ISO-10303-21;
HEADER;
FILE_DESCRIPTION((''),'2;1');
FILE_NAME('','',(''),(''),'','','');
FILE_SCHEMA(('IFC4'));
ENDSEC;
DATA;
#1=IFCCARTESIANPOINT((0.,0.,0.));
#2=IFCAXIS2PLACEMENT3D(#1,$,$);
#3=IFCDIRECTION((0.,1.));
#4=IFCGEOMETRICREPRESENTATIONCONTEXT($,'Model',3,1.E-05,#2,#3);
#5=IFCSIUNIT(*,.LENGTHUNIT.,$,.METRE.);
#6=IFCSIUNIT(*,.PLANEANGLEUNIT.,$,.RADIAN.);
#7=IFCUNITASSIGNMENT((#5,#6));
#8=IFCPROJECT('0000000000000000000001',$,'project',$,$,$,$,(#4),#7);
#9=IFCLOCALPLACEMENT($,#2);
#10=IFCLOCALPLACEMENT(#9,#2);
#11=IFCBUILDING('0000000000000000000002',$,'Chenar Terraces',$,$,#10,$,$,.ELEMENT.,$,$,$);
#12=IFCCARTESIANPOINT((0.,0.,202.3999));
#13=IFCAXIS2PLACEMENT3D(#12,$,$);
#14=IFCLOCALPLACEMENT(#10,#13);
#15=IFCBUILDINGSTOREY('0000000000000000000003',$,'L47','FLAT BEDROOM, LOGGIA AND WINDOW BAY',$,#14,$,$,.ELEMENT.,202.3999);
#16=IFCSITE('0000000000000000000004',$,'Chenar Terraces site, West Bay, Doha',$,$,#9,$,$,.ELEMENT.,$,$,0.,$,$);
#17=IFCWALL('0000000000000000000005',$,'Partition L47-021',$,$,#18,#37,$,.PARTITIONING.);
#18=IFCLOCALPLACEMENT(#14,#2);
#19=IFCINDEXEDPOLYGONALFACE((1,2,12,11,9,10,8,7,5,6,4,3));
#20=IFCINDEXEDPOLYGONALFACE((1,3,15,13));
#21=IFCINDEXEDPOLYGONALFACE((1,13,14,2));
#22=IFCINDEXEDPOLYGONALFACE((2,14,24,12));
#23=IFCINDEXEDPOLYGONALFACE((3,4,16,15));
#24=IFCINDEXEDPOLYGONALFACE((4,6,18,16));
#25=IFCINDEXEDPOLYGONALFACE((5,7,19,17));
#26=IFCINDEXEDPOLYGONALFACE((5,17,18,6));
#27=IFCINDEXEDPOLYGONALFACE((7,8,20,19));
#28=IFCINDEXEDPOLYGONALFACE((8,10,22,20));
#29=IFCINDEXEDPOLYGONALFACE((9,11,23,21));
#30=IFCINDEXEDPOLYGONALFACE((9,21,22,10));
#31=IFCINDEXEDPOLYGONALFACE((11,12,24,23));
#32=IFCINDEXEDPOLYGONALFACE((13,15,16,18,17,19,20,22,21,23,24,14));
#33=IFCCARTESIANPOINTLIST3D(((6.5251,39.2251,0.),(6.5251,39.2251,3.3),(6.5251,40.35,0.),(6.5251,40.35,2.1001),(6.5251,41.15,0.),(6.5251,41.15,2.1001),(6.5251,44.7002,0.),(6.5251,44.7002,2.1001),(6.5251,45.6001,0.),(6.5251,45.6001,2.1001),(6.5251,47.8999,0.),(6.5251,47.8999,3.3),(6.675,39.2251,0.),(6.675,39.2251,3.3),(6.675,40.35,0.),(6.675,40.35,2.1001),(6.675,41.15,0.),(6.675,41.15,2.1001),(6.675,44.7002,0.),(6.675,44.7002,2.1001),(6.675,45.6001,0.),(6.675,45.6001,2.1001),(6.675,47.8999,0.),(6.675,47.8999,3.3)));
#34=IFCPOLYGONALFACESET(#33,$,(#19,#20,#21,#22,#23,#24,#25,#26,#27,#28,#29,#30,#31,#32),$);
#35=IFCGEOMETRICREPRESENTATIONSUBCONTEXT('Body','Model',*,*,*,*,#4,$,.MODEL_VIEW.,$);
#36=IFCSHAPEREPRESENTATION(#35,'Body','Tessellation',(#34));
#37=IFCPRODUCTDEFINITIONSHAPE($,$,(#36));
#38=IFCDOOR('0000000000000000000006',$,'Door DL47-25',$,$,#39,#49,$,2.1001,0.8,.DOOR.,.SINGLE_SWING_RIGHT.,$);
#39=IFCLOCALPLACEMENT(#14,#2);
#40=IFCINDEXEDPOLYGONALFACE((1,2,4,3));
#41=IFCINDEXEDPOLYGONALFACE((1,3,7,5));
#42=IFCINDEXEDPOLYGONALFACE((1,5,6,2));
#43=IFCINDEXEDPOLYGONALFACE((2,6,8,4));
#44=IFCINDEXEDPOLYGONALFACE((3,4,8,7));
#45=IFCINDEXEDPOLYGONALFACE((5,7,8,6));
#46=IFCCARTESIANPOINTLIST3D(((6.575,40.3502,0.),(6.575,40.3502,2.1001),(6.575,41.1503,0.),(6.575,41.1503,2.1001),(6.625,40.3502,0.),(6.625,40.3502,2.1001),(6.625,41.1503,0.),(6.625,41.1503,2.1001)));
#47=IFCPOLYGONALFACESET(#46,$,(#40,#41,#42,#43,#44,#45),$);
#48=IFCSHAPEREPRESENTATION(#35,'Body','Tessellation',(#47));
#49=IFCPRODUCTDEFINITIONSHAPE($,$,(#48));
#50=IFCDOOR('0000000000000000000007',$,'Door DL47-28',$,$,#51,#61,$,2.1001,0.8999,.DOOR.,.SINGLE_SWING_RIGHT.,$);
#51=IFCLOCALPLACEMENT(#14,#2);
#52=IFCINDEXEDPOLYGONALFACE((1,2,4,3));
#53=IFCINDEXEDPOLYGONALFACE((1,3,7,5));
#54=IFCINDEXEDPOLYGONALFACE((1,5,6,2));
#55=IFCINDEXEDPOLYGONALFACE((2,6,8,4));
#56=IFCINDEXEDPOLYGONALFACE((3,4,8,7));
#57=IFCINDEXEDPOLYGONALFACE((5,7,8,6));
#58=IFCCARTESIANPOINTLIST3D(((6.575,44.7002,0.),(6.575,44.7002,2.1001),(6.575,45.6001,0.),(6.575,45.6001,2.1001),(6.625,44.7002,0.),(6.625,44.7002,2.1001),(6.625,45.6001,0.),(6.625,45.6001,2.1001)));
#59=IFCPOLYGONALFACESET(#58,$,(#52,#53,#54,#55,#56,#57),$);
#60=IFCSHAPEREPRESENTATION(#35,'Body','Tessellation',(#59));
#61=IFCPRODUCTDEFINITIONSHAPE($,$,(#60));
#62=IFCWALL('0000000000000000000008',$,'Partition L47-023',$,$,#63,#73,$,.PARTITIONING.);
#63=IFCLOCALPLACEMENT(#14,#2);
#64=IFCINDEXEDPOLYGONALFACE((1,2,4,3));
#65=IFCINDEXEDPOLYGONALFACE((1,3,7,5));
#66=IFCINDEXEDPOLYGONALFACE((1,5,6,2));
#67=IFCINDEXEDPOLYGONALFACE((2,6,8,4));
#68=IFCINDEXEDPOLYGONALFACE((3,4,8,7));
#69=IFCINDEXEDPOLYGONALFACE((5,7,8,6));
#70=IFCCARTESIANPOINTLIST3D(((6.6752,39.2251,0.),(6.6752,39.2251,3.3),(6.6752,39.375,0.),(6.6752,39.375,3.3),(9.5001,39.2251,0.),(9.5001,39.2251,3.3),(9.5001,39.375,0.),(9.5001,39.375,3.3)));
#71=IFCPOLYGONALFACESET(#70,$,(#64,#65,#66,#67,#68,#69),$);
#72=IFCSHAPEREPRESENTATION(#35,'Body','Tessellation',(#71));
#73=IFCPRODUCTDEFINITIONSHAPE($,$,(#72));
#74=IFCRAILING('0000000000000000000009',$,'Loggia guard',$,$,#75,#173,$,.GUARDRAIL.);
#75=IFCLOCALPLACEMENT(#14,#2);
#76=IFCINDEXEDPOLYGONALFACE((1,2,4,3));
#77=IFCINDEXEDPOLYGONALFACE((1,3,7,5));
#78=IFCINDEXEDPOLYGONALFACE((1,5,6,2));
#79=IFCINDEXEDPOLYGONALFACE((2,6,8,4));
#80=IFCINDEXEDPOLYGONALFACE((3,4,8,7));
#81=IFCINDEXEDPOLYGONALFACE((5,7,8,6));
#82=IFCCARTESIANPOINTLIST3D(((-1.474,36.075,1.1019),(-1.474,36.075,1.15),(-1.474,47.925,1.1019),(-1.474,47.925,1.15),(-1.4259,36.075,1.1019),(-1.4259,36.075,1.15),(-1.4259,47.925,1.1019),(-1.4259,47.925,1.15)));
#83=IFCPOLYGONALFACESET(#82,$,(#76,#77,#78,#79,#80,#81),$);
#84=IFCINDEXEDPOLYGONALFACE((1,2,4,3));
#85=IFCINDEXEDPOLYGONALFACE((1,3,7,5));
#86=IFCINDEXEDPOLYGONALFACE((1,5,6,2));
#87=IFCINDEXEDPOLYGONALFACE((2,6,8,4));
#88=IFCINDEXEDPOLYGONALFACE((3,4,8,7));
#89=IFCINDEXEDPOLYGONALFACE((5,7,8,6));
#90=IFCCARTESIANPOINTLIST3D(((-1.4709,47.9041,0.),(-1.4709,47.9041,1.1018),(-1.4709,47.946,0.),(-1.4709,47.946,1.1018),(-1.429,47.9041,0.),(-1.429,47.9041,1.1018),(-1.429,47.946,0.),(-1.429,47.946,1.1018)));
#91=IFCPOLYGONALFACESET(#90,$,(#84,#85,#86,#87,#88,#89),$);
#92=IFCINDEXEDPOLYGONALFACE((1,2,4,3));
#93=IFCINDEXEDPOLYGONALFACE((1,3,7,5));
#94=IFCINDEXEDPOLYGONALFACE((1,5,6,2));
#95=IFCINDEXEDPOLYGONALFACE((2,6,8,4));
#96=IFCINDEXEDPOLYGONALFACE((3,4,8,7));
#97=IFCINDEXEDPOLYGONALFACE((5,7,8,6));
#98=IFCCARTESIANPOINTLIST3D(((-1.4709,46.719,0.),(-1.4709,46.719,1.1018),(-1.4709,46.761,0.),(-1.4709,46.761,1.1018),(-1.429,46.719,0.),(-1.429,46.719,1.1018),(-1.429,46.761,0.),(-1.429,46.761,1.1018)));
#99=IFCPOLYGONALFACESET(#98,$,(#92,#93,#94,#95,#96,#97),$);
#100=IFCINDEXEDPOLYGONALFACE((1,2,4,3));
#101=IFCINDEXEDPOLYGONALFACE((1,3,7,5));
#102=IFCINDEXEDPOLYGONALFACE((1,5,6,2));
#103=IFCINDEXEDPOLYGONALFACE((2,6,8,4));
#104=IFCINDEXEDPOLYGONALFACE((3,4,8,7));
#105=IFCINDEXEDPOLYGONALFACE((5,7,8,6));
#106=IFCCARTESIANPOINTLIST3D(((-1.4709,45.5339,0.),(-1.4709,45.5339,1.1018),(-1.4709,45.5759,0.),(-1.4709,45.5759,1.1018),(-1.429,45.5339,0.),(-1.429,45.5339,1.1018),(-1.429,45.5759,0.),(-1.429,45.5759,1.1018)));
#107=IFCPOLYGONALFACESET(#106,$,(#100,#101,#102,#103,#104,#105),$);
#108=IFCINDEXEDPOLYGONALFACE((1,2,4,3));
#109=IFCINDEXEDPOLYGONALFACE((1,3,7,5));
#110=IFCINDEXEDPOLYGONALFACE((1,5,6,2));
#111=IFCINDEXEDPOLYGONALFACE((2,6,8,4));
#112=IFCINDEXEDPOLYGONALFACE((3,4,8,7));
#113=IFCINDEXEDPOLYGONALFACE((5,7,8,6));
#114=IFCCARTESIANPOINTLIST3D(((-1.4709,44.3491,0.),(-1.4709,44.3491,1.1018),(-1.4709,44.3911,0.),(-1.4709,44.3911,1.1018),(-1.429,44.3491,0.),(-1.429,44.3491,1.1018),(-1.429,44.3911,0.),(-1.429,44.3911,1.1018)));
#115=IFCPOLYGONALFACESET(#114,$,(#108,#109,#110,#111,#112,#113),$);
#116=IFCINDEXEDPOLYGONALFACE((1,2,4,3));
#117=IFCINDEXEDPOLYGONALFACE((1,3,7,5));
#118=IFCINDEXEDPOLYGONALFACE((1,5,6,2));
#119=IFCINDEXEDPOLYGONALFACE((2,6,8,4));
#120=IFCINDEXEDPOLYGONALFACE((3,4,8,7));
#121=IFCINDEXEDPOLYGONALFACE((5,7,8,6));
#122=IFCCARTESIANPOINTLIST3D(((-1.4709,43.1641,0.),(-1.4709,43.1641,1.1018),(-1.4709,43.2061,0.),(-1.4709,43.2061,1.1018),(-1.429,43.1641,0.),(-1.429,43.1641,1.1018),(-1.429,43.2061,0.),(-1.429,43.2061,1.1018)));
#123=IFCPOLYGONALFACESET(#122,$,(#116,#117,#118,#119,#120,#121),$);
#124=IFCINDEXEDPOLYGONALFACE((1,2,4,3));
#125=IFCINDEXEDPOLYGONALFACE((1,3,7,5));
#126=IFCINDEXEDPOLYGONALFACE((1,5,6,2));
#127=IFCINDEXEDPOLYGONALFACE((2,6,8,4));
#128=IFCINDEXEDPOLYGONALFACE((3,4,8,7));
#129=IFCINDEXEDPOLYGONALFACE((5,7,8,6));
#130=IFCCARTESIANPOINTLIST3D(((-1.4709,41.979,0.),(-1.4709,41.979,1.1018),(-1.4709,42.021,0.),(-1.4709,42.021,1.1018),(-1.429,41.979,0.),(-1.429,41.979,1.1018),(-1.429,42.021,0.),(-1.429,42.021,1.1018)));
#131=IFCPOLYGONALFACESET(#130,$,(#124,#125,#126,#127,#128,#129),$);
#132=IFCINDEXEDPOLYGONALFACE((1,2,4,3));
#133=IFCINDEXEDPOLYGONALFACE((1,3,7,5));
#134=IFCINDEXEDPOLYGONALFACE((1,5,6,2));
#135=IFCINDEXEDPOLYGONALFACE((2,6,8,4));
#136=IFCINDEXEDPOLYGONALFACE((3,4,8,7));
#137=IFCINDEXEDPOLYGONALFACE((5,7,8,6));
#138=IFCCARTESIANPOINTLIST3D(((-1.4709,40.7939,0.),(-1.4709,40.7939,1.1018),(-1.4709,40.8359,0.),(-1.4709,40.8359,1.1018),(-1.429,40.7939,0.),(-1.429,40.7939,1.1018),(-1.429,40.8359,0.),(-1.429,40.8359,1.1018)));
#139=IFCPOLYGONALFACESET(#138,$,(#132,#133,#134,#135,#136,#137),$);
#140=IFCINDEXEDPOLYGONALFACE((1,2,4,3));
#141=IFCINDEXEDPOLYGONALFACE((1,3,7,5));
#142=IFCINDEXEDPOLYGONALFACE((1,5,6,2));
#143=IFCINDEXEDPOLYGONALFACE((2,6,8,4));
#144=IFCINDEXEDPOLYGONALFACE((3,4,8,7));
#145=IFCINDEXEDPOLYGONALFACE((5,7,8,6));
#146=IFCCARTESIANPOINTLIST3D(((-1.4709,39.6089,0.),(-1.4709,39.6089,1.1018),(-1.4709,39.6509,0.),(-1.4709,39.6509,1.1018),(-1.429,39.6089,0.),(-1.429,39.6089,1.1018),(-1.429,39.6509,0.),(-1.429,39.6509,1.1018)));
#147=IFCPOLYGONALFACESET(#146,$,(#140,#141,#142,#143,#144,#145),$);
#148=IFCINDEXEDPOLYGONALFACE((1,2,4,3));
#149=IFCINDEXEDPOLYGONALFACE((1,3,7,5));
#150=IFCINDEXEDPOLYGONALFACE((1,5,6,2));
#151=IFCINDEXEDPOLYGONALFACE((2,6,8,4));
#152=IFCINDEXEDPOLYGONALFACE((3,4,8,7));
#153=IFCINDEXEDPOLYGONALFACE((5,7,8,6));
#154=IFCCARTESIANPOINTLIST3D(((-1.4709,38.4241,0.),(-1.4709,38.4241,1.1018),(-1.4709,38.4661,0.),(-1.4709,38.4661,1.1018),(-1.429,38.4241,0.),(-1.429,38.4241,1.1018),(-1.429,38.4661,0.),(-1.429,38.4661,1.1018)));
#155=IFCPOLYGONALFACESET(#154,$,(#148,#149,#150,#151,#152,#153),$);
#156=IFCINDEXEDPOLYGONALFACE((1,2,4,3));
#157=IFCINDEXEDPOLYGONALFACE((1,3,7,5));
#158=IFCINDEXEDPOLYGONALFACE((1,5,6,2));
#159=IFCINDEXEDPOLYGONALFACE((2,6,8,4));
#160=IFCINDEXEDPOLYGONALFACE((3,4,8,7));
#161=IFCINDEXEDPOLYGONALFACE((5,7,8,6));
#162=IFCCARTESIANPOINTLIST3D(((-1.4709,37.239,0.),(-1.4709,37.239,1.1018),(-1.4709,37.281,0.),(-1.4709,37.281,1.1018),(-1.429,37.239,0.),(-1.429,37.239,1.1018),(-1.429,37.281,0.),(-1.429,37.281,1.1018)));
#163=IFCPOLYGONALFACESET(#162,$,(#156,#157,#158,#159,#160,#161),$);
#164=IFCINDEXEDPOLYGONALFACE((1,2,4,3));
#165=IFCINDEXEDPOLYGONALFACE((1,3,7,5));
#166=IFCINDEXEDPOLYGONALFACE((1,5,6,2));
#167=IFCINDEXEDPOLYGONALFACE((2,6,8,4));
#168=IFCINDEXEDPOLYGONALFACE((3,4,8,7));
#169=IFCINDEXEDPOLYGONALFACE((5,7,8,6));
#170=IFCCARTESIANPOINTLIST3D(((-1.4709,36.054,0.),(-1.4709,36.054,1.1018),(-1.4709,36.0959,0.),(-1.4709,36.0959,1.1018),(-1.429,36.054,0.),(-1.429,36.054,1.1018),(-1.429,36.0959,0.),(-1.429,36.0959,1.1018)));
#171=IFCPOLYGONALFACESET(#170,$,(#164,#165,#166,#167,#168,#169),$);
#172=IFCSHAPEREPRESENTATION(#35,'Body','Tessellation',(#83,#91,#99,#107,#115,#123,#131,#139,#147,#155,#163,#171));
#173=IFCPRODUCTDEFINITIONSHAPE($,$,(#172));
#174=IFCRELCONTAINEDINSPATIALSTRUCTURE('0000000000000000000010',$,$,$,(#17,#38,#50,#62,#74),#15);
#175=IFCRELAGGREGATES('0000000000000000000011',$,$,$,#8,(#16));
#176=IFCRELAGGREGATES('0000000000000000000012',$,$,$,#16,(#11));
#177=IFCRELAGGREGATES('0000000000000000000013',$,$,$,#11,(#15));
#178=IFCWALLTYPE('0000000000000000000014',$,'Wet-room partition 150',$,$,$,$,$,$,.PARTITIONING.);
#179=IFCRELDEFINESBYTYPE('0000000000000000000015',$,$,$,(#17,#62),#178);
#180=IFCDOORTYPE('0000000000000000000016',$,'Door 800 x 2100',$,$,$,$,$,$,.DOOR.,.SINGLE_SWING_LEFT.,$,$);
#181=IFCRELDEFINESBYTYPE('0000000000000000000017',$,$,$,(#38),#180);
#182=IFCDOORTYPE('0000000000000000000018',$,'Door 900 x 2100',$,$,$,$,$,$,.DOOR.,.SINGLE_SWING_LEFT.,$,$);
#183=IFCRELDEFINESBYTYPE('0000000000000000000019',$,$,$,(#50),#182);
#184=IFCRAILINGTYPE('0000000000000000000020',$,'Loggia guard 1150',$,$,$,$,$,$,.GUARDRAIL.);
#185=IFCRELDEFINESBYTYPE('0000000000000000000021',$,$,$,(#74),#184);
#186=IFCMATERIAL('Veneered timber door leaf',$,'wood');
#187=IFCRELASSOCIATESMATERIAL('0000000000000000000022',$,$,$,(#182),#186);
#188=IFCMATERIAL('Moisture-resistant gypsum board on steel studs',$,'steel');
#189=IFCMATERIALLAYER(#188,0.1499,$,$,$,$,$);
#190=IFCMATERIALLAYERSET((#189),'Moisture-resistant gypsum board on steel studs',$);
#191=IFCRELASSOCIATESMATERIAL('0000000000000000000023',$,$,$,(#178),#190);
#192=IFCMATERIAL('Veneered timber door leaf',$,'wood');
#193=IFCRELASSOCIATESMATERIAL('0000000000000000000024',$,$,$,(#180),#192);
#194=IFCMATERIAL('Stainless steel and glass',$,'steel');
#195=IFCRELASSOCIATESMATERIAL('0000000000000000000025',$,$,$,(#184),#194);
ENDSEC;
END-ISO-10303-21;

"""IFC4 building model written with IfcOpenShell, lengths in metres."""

from ifc_helpers import new_model, si_unit, direction, frame, frame_2d, origin, origin_2d, place, context, subcontext, project, spatial, rectangle, extrude, material, layer, layer_set, type_object, element, fill, save


model = new_model("IFC4")

# Units and contexts
model_context = context("Model", 3, precision=1e-05, world=origin(), true_north=direction((0.0, 1.0)))
body_context = subcontext(model_context, "Body", "Model", "MODEL_VIEW")
ifc_project = project(units=[si_unit("LENGTHUNIT", "METRE"), si_unit("PLANEANGLEUNIT", "RADIAN")], contexts=[model_context])

# Site, building, storey
site_placement = place(None, origin())
site = spatial("IfcSite", under=ifc_project, at=site_placement, Name="Chenar Terraces site, West Bay, Doha", CompositionType="ELEMENT", RefElevation=0.0)
building_placement = place(site_placement, origin())
building = spatial("IfcBuilding", under=site, at=building_placement, Name="Chenar Terraces", CompositionType="ELEMENT")
storey_placement = place(building_placement, frame((0.0, 0.0, 202.3999)))
storey = spatial("IfcBuildingStorey", under=building, at=storey_placement, Name="L47", Description="FLAT BEDROOM, LOGGIA AND WINDOW BAY", CompositionType="ELEMENT", Elevation=202.3999)

# Shared definitions
ifc_material_1 = material(Name="Veneered timber door leaf", Category="wood")
door_type_1 = type_object("IfcDoorType", Name="Door 900 x 2100", OperationType="SINGLE_SWING_LEFT", PredefinedType="DOOR", material=ifc_material_1)

# Wall, openings, doors
ifc_material_2 = material(Name="Moisture-resistant gypsum board on steel studs", Category="steel")
ifc_layer_1 = layer(ifc_material_2, 0.1499)
ifc_layer_set_1 = layer_set([ifc_layer_1], Name="Moisture-resistant gypsum board on steel studs")
wall_type_1 = type_object("IfcWallType", Name="Wet-room partition 150", PredefinedType="PARTITIONING", material=ifc_layer_set_1)
wall_1_placement = place(storey_placement, frame((6.6001, 39.2251, 0.0), z_axis=(0.0, 0.0, 1.0), x_axis=(0.0, 1.0, 0.0)))
wall_1 = element("IfcWall", 1, at=wall_1_placement, inside=storey, type_object=wall_type_1, Name="Partition L47-021", PredefinedType="PARTITIONING", context=body_context, shape_type="SweptSolid", body=[
    extrude(rectangle(XDim=8.6748, YDim=0.1499, at=frame_2d((4.3374, 0.0))), origin(), (0.0, 0.0, 1.0), 3.3),
])
opening_1_placement = place(wall_1_placement, frame((1.125, 0.0, 0.0)))
opening_1 = element("IfcOpeningElement", 2, at=opening_1_placement, cuts=wall_1, PredefinedType="OPENING", context=body_context, shape_type="SweptSolid", body=[
    extrude(rectangle(XDim=0.8, YDim=2.1001, at=frame_2d((0.3999, 1.05))), frame((0.0, 0.085, 0.0), z_axis=(0.0, -1.0, 0.0), x_axis=(1.0, 0.0, 0.0)), (0.0, 0.0, 1.0), 0.1699),
])
opening_2_placement = place(wall_1_placement, frame((5.4751, 0.0, 0.0)))
opening_2 = element("IfcOpeningElement", 3, at=opening_2_placement, cuts=wall_1, PredefinedType="OPENING", context=body_context, shape_type="SweptSolid", body=[
    extrude(rectangle(XDim=0.8999, YDim=2.1001, at=frame_2d((0.45, 1.05))), frame((0.0, 0.085, 0.0), z_axis=(0.0, -1.0, 0.0), x_axis=(1.0, 0.0, 0.0)), (0.0, 0.0, 1.0), 0.1699),
])
ifc_material_3 = material(Name="Veneered timber door leaf", Category="wood")
door_type_2 = type_object("IfcDoorType", Name="Door 800 x 2100", OperationType="SINGLE_SWING_LEFT", PredefinedType="DOOR", material=ifc_material_3)
door_1_placement = place(opening_1_placement, frame((0.8, 0.0, 0.0), z_axis=(0.0, 0.0, 1.0), x_axis=(-1.0, 0.0, 0.0)))
door_1 = element("IfcDoor", 4, at=door_1_placement, inside=storey, type_object=door_type_2, Name="Door DL47-25", OperationType="SINGLE_SWING_RIGHT", OverallHeight=2.1001, OverallWidth=0.8, PredefinedType="DOOR", context=body_context, shape_type="SweptSolid", body=[
    extrude(rectangle(XDim=0.8, YDim=2.1001, at=frame_2d((0.3999, 1.05))), frame((0.0, 0.0249, 0.0), z_axis=(0.0, -1.0, 0.0), x_axis=(1.0, 0.0, 0.0)), (0.0, 0.0, 1.0), 0.05),
])
fill(opening_1, door_1)
door_2_placement = place(opening_2_placement, frame((0.8999, 0.0, 0.0), z_axis=(0.0, 0.0, 1.0), x_axis=(-1.0, 0.0, 0.0)))
door_2 = element("IfcDoor", 5, at=door_2_placement, inside=storey, type_object=door_type_1, Name="Door DL47-28", OperationType="SINGLE_SWING_RIGHT", OverallHeight=2.1001, OverallWidth=0.8999, PredefinedType="DOOR", context=body_context, shape_type="SweptSolid", body=[
    extrude(rectangle(XDim=0.8999, YDim=2.1001, at=frame_2d((0.45, 1.05))), frame((0.0, 0.0249, 0.0), z_axis=(0.0, -1.0, 0.0), x_axis=(1.0, 0.0, 0.0)), (0.0, 0.0, 1.0), 0.05),
])
fill(opening_2, door_2)

# Wall
wall_2_placement = place(storey_placement, frame((6.675, 39.3, 0.0), z_axis=(0.0, 0.0, 1.0), x_axis=(1.0, 0.0, 0.0)))
element("IfcWall", 6, at=wall_2_placement, inside=storey, type_object=wall_type_1, Name="Partition L47-023", PredefinedType="PARTITIONING", context=body_context, shape_type="SweptSolid", body=[
    extrude(rectangle(XDim=2.825, YDim=0.1499, at=frame_2d((1.4126, 0.0))), origin(), (0.0, 0.0, 1.0), 3.3),
])

# Railing
ifc_material_4 = material(Name="Stainless steel and glass", Category="steel")
railing_type = type_object("IfcRailingType", Name="Loggia guard 1150", PredefinedType="GUARDRAIL", material=ifc_material_4)
railing_placement = place(storey_placement, frame((-1.45, 47.925, 0.0)))
element("IfcRailing", 7, at=railing_placement, inside=storey, type_object=railing_type, Name="Loggia guard", PredefinedType="GUARDRAIL", context=body_context, shape_type="SweptSolid", body=[
    extrude(rectangle(XDim=0.0481, YDim=0.0481, at=origin_2d()), frame((0.0, 0.0, 1.126), z_axis=(0.0, -1.0, 0.0), x_axis=(1.0, 0.0, 0.0)), (0.0, 0.0, 1.0), 11.8501),
    extrude(rectangle(XDim=0.042, YDim=0.042, at=origin_2d()), origin(), (0.0, 0.0, 1.0), 1.1018),
    extrude(rectangle(XDim=0.042, YDim=0.042, at=origin_2d()), frame((0.0, -1.1851, 0.0)), (0.0, 0.0, 1.0), 1.1018),
    extrude(rectangle(XDim=0.042, YDim=0.042, at=origin_2d()), frame((0.0, -2.3701, 0.0)), (0.0, 0.0, 1.0), 1.1018),
    extrude(rectangle(XDim=0.042, YDim=0.042, at=origin_2d()), frame((0.0, -3.5549, 0.0)), (0.0, 0.0, 1.0), 1.1018),
    extrude(rectangle(XDim=0.042, YDim=0.042, at=origin_2d()), frame((0.0, -4.74, 0.0)), (0.0, 0.0, 1.0), 1.1018),
    extrude(rectangle(XDim=0.042, YDim=0.042, at=origin_2d()), frame((0.0, -5.925, 0.0)), (0.0, 0.0, 1.0), 1.1018),
    extrude(rectangle(XDim=0.042, YDim=0.042, at=origin_2d()), frame((0.0, -7.1101, 0.0)), (0.0, 0.0, 1.0), 1.1018),
    extrude(rectangle(XDim=0.042, YDim=0.042, at=origin_2d()), frame((0.0, -8.2952, 0.0)), (0.0, 0.0, 1.0), 1.1018),
    extrude(rectangle(XDim=0.042, YDim=0.042, at=origin_2d()), frame((0.0, -9.48, 0.0)), (0.0, 0.0, 1.0), 1.1018),
    extrude(rectangle(XDim=0.042, YDim=0.042, at=origin_2d()), frame((0.0, -10.665, 0.0)), (0.0, 0.0, 1.0), 1.1018),
    extrude(rectangle(XDim=0.042, YDim=0.042, at=origin_2d()), frame((0.0, -11.8501, 0.0)), (0.0, 0.0, 1.0), 1.1018),
])

save(model, "model.ifc")
